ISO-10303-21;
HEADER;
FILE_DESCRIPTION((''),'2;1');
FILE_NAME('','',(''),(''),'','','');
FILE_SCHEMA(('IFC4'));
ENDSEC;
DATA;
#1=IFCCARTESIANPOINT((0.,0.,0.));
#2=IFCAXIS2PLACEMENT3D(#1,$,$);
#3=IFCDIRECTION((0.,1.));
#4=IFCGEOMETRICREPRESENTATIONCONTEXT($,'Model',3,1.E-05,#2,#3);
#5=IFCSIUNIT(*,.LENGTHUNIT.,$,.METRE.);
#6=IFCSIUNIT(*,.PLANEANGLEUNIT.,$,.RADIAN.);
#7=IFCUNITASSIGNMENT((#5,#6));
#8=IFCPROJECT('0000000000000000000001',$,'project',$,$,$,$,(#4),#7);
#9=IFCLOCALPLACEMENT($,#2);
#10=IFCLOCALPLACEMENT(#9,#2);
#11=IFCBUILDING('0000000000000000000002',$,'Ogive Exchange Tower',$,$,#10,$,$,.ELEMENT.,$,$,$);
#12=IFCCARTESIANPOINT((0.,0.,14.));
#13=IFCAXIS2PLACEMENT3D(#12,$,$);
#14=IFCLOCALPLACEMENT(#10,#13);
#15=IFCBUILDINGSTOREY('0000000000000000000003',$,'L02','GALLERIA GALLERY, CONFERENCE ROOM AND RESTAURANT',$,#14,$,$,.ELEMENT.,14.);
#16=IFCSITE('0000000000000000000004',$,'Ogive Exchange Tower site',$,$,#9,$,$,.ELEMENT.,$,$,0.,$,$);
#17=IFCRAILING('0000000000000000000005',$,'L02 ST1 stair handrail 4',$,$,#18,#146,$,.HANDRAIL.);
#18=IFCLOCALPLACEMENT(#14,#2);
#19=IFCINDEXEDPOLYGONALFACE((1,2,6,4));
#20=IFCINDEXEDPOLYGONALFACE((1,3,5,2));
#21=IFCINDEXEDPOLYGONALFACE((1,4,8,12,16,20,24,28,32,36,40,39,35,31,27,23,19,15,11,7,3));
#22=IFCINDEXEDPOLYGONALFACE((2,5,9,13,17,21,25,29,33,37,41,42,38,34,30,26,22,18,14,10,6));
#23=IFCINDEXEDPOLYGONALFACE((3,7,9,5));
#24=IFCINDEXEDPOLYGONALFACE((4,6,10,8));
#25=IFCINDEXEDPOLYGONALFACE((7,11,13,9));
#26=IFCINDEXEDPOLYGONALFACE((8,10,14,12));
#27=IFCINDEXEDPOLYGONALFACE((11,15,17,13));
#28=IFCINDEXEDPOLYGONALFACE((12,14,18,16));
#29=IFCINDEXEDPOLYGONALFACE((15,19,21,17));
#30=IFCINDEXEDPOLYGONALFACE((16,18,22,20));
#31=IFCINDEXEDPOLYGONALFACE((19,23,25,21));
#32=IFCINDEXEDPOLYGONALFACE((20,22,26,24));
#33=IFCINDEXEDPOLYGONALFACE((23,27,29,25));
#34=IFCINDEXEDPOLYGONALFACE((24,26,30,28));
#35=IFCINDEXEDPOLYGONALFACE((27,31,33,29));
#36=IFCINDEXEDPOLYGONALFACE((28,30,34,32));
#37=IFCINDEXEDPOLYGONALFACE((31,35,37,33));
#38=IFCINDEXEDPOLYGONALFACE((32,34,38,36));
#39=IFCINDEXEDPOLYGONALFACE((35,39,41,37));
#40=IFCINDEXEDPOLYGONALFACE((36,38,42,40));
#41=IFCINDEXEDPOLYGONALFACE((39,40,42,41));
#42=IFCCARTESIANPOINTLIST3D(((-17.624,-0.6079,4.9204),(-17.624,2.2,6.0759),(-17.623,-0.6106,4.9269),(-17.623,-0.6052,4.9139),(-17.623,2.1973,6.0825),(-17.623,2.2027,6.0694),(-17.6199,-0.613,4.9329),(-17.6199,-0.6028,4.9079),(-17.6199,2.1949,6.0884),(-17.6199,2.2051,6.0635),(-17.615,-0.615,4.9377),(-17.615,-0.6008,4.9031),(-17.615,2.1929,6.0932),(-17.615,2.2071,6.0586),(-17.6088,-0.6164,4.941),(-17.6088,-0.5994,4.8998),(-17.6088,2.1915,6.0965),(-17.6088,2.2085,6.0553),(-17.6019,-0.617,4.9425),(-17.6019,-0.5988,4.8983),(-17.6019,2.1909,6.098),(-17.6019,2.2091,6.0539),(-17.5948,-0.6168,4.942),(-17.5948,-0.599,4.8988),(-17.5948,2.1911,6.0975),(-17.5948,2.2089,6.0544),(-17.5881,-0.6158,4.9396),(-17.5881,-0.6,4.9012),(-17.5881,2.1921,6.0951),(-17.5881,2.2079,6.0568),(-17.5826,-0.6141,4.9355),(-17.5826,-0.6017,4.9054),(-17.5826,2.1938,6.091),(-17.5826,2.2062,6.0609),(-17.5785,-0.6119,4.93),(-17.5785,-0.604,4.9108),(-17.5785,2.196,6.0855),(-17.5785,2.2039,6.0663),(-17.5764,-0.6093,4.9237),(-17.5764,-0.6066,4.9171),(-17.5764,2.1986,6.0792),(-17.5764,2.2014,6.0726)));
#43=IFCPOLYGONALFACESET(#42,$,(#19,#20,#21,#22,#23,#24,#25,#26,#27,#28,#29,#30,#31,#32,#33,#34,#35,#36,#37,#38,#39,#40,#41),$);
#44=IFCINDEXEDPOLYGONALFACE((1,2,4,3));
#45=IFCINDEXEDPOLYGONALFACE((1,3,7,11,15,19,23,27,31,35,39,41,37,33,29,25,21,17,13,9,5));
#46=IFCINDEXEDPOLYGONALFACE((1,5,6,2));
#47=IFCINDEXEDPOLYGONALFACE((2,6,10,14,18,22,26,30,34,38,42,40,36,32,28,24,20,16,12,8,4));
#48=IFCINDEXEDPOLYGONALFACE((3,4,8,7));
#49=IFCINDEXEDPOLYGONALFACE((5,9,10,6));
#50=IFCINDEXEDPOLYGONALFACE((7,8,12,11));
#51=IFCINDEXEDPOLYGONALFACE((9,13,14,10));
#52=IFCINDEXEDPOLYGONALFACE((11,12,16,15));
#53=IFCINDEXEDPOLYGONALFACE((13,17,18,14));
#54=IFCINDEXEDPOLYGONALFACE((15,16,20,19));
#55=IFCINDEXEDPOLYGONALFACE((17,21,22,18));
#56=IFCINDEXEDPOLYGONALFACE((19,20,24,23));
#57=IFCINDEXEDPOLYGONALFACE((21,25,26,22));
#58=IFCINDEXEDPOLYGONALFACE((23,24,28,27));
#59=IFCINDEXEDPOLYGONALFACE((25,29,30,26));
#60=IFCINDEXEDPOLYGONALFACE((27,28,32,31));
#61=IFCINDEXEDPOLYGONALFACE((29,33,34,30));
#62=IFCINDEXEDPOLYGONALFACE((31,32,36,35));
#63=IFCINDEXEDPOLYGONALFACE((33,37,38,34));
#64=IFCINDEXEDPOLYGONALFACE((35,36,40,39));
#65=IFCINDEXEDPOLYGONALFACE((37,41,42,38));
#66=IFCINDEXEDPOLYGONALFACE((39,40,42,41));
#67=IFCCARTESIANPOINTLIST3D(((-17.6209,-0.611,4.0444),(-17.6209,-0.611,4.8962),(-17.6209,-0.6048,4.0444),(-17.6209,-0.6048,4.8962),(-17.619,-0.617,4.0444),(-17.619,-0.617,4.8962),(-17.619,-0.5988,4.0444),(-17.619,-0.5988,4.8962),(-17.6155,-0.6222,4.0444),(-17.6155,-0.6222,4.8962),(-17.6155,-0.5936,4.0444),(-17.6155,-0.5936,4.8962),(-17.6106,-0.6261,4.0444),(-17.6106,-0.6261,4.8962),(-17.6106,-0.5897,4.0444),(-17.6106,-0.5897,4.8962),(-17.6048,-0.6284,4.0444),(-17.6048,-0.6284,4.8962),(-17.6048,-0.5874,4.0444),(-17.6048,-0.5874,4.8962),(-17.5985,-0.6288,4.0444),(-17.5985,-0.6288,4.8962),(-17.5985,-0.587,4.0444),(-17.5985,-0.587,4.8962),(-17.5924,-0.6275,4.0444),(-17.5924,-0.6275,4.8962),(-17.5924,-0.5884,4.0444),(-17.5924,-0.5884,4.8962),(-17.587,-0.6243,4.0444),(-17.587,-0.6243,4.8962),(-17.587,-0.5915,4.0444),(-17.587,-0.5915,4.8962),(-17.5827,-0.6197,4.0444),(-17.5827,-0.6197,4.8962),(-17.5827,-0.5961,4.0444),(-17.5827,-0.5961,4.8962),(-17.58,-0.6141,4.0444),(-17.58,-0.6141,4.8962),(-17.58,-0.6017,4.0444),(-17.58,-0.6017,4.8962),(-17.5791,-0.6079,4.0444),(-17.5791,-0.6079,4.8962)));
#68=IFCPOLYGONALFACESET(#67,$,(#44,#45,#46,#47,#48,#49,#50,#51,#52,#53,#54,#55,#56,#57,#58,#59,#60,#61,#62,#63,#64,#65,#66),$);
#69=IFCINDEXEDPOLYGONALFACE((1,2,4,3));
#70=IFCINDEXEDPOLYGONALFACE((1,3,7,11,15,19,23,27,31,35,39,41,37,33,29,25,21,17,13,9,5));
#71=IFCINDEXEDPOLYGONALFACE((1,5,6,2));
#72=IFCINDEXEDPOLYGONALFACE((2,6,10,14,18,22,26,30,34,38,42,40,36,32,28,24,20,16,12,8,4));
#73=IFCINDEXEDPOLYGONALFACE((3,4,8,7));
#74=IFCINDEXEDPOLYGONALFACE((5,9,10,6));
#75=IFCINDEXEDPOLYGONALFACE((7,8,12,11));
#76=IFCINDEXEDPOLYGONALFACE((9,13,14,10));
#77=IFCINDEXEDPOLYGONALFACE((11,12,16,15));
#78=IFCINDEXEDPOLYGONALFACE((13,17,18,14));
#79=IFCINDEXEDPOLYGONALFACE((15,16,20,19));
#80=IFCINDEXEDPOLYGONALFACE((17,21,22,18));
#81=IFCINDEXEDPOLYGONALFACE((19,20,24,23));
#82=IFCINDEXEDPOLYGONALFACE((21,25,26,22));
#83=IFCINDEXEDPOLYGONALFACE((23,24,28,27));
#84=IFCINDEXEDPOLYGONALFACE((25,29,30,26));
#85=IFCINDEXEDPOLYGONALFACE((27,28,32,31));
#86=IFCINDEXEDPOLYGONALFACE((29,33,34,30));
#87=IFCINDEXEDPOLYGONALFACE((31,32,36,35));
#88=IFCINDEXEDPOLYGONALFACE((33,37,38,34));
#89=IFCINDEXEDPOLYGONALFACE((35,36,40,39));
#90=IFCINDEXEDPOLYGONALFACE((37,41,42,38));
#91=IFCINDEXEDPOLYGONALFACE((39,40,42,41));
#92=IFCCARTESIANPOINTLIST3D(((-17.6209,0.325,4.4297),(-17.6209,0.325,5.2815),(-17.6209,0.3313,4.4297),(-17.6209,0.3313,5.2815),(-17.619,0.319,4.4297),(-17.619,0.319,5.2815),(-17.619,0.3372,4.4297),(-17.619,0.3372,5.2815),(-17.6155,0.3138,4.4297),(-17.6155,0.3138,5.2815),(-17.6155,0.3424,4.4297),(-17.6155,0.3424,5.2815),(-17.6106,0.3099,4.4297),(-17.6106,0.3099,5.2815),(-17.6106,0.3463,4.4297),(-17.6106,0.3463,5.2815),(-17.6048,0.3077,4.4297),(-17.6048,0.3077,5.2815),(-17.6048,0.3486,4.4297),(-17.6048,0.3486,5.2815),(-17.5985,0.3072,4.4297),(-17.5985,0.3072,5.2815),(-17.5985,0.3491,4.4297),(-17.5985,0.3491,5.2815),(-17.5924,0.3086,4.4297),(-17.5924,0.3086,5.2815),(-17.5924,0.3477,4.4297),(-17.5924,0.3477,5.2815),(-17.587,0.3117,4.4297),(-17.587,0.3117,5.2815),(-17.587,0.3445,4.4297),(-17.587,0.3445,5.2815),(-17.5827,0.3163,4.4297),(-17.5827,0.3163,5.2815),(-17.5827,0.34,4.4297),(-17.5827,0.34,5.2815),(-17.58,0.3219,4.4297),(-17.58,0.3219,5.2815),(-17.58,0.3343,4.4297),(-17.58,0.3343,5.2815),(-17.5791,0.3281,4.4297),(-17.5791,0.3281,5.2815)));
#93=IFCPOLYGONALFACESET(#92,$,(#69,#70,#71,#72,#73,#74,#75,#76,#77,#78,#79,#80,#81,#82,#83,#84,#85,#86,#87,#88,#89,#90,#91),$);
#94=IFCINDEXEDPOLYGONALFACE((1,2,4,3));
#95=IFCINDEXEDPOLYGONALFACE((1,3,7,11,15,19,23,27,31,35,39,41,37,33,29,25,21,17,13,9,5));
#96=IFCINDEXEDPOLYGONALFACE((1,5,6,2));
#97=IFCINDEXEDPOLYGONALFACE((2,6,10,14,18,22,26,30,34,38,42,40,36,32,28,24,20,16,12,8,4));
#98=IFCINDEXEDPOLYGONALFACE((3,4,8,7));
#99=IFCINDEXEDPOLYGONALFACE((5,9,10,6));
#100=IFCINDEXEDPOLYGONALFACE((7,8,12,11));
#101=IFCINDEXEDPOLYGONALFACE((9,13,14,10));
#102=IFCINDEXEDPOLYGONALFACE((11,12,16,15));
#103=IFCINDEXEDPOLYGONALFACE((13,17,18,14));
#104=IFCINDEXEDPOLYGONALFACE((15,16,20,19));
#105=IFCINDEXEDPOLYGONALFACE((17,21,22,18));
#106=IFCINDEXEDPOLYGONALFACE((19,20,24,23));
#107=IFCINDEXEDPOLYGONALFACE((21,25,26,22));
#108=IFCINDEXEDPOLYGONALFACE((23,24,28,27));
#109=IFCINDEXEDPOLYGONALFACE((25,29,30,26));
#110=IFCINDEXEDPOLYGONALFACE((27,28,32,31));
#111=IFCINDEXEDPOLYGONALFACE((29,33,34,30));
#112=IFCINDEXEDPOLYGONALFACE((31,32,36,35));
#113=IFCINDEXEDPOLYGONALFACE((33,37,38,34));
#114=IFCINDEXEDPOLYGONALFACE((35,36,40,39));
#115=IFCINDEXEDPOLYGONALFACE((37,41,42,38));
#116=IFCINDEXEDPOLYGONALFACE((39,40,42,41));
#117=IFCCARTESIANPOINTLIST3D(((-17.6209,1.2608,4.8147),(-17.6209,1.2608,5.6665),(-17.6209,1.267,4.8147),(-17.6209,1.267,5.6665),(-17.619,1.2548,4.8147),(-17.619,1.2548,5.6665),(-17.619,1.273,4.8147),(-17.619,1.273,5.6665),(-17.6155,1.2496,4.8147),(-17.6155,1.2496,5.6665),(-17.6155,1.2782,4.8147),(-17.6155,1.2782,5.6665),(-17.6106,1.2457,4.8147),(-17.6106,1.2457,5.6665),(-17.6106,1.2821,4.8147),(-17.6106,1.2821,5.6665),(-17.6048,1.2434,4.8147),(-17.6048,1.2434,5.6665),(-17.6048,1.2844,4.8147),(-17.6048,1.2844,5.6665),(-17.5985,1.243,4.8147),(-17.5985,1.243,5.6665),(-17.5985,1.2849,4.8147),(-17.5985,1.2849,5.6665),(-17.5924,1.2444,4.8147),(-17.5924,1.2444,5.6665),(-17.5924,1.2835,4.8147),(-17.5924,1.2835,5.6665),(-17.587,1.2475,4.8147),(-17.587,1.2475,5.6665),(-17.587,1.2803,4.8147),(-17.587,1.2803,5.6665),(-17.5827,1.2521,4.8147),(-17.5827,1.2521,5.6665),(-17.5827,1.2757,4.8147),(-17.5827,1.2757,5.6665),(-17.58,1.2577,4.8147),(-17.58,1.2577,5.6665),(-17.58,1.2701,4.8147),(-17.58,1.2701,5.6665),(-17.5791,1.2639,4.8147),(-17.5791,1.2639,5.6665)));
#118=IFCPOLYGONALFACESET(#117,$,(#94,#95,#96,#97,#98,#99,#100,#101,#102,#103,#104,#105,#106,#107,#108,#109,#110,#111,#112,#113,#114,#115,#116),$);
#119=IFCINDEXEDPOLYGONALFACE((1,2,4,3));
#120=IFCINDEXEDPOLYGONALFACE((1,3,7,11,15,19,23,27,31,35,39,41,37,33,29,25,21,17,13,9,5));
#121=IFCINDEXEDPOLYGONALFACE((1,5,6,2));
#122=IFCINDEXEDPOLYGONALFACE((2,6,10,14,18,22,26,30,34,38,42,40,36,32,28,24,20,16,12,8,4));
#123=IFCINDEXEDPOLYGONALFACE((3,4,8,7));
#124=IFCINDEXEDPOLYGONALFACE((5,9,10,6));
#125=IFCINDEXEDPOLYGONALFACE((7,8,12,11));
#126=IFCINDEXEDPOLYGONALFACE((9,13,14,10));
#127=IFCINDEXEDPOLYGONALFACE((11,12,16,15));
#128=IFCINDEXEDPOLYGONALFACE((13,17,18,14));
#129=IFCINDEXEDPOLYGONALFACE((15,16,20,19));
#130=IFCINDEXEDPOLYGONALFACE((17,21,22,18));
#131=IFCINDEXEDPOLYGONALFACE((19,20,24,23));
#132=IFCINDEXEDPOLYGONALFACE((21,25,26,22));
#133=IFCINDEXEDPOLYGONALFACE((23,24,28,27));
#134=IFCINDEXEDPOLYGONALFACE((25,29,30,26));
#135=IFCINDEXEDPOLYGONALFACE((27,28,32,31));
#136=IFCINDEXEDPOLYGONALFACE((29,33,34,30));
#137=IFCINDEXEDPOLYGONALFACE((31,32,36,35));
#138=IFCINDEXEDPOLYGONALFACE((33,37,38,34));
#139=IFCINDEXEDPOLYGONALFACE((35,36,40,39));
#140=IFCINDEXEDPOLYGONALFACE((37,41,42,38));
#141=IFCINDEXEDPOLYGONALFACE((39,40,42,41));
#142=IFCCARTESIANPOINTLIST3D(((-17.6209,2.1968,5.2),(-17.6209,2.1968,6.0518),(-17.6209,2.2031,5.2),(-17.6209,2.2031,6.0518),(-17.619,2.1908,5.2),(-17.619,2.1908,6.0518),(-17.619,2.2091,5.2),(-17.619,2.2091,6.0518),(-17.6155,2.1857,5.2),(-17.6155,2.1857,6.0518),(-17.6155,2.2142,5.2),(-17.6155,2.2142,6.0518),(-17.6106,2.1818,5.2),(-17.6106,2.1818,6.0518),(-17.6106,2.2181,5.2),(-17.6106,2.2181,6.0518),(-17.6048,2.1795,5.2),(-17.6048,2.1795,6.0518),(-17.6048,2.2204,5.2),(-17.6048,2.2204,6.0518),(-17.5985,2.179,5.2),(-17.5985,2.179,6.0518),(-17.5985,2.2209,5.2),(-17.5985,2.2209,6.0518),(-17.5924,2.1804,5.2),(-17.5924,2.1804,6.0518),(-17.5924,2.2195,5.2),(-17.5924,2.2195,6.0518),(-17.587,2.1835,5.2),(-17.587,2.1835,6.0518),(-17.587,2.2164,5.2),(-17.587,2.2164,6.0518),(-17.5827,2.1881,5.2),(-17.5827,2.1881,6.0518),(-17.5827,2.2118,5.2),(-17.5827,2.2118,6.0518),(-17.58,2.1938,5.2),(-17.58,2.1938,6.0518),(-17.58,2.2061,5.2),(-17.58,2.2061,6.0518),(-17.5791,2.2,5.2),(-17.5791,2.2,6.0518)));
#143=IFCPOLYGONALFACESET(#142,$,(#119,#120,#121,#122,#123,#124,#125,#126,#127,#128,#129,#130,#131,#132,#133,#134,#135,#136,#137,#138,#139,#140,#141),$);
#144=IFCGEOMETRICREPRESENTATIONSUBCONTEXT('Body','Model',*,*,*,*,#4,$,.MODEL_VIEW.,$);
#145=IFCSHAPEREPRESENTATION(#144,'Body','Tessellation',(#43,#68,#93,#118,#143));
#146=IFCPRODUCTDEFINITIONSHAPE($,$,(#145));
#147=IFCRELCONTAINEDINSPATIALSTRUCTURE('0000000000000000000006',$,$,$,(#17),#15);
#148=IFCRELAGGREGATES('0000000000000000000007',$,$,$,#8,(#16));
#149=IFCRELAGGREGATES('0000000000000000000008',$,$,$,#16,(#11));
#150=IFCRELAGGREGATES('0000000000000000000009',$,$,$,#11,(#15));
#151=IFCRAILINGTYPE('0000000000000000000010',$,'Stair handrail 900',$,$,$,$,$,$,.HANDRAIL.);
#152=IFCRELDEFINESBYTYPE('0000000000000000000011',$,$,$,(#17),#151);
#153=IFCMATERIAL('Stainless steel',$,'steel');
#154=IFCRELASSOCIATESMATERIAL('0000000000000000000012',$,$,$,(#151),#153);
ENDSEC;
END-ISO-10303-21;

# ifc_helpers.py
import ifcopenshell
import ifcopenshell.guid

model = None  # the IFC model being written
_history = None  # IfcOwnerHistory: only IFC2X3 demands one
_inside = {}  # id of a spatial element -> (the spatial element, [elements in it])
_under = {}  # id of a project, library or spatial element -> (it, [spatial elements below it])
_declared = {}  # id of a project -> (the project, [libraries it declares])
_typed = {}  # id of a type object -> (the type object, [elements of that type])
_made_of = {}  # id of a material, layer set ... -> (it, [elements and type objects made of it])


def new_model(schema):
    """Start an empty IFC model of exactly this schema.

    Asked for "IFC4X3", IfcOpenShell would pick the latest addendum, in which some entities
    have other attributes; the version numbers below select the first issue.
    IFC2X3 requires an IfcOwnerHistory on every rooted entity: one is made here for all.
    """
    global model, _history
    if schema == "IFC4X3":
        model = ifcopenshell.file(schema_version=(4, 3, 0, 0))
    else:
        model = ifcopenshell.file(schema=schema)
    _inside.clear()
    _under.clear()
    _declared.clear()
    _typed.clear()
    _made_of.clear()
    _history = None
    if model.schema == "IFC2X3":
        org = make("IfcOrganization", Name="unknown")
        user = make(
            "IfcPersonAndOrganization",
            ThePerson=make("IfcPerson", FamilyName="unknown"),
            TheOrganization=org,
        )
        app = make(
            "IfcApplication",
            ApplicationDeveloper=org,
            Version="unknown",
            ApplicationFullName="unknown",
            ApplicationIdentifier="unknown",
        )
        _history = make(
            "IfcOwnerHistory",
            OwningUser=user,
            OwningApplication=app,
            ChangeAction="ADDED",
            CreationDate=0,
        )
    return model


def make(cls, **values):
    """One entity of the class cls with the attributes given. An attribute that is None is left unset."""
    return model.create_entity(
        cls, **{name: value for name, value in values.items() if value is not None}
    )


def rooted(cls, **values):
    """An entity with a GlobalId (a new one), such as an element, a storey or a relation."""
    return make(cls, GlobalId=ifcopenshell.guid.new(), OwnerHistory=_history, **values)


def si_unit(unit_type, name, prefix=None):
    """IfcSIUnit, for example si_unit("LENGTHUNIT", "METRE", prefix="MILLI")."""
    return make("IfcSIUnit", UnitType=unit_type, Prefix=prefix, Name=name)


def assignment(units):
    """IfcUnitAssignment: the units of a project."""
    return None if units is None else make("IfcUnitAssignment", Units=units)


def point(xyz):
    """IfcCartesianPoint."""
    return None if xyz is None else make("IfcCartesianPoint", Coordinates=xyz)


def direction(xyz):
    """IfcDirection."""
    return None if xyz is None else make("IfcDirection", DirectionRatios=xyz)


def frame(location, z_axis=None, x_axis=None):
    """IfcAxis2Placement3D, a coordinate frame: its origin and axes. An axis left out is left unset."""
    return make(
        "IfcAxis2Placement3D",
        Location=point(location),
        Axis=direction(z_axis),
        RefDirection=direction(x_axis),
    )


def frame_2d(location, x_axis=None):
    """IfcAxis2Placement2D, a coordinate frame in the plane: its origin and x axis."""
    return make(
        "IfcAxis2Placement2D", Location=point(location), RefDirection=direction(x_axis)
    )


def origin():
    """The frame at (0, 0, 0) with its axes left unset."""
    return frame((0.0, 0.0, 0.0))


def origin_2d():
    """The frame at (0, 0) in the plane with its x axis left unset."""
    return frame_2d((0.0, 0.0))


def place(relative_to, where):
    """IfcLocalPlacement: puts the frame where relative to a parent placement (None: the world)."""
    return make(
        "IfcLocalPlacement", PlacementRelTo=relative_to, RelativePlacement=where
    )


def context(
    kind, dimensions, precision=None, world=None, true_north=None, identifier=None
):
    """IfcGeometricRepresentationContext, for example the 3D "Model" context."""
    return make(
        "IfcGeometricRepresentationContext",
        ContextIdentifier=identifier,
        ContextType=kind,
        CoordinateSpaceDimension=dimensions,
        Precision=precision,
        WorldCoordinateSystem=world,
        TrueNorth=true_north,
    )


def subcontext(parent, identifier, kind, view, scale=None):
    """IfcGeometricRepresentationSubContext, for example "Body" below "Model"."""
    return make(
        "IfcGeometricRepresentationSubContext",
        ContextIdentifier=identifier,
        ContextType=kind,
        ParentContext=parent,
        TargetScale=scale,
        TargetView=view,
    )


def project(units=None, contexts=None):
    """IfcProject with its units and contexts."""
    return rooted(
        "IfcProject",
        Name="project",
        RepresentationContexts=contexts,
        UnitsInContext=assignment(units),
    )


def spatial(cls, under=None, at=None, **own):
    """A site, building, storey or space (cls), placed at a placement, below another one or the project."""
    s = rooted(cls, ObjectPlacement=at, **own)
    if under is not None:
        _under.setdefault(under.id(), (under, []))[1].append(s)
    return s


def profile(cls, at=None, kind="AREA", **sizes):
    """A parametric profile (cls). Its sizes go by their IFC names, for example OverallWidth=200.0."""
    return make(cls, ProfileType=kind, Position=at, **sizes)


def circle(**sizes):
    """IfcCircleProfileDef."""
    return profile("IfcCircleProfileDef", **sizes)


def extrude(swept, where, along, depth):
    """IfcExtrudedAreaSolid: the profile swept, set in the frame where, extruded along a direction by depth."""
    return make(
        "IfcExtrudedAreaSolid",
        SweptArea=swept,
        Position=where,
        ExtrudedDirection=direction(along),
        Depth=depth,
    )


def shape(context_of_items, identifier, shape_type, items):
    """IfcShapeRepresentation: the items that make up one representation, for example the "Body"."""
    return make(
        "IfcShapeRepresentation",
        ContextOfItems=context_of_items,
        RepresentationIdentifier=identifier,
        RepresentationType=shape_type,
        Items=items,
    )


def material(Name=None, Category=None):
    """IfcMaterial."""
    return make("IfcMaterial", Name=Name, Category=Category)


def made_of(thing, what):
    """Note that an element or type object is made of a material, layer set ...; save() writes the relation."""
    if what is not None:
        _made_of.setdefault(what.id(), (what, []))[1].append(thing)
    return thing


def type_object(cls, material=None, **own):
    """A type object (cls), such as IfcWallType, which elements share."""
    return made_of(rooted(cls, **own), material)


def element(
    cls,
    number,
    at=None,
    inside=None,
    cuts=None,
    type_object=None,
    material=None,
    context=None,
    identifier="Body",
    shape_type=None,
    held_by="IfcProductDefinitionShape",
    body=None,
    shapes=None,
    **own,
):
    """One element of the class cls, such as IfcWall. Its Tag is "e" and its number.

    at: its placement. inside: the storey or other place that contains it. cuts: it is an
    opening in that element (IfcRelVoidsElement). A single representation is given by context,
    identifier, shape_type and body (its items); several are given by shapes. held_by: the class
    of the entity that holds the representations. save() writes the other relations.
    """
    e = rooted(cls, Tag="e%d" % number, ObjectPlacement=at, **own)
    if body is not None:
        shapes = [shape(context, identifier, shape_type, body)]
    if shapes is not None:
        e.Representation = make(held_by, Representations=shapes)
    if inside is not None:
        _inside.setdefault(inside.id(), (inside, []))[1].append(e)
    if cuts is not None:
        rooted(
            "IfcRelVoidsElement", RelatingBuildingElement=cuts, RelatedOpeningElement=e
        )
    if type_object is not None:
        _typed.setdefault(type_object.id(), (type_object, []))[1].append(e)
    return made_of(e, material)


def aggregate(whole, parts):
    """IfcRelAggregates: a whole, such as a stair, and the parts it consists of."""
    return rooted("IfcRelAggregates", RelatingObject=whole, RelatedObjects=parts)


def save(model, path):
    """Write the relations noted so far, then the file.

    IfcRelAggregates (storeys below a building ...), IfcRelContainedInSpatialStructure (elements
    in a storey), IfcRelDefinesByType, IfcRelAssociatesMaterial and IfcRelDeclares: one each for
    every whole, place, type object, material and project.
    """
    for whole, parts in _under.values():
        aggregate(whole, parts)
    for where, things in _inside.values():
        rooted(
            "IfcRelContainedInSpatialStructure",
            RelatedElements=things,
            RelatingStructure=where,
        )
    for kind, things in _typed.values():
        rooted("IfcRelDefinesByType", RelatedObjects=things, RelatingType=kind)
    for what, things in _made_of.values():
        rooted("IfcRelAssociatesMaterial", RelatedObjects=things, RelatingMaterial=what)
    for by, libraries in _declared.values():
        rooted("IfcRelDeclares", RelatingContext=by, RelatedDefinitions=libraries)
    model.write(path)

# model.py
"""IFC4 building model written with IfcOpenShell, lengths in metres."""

from ifc_helpers import new_model, si_unit, direction, frame, origin, origin_2d, place, context, subcontext, project, spatial, circle, extrude, material, type_object, element, save


model = new_model("IFC4")

# Units and contexts
model_context = context("Model", 3, precision=1e-05, world=origin(), true_north=direction((0.0, 1.0)))
body_context = subcontext(model_context, "Body", "Model", "MODEL_VIEW")
ifc_project = project(units=[si_unit("LENGTHUNIT", "METRE"), si_unit("PLANEANGLEUNIT", "RADIAN")], contexts=[model_context])

# Site, building, storey
site_placement = place(None, origin())
site = spatial("IfcSite", under=ifc_project, at=site_placement, Name="Ogive Exchange Tower site", CompositionType="ELEMENT", RefElevation=0.0)
building_placement = place(site_placement, origin())
building = spatial("IfcBuilding", under=site, at=building_placement, Name="Ogive Exchange Tower", CompositionType="ELEMENT")
storey_placement = place(building_placement, frame((0.0, 0.0, 14.0)))
storey = spatial("IfcBuildingStorey", under=building, at=storey_placement, Name="L02", Description="GALLERIA GALLERY, CONFERENCE ROOM AND RESTAURANT", CompositionType="ELEMENT", Elevation=14.0)

# Shared definitions
ifc_material_1 = material(Name="Stainless steel", Category="steel")

# Railing
railing_type = type_object("IfcRailingType", Name="Stair handrail 900", PredefinedType="HANDRAIL", material=ifc_material_1)
railing_1_placement = place(storey_placement, frame((-17.6001, -0.6079, 4.0444)))
element("IfcRailing", 1, at=railing_1_placement, inside=storey, type_object=railing_type, Name="L02 ST1 stair handrail 4", PredefinedType="HANDRAIL", context=body_context, shape_type="SweptSolid", body=[
    extrude(circle(Radius=0.0239, at=origin_2d()), frame((0.0, 0.0, 0.876), z_axis=(0.0, 0.924755, 0.380564), x_axis=(-1.0, 0.0, 0.0)), (0.0, 0.0, 1.0), 3.0364),
    extrude(circle(Radius=0.021, at=origin_2d()), origin(), (0.0, 0.0, 1.0), 0.8518),
    extrude(circle(Radius=0.021, at=origin_2d()), frame((0.0, 0.936, 0.3853)), (0.0, 0.0, 1.0), 0.8518),
    extrude(circle(Radius=0.021, at=origin_2d()), frame((0.0, 1.8718, 0.7703)), (0.0, 0.0, 1.0), 0.8518),
    extrude(circle(Radius=0.021, at=origin_2d()), frame((0.0, 2.8079, 1.1555)), (0.0, 0.0, 1.0), 0.8518),
])

save(model, "model.ifc")
